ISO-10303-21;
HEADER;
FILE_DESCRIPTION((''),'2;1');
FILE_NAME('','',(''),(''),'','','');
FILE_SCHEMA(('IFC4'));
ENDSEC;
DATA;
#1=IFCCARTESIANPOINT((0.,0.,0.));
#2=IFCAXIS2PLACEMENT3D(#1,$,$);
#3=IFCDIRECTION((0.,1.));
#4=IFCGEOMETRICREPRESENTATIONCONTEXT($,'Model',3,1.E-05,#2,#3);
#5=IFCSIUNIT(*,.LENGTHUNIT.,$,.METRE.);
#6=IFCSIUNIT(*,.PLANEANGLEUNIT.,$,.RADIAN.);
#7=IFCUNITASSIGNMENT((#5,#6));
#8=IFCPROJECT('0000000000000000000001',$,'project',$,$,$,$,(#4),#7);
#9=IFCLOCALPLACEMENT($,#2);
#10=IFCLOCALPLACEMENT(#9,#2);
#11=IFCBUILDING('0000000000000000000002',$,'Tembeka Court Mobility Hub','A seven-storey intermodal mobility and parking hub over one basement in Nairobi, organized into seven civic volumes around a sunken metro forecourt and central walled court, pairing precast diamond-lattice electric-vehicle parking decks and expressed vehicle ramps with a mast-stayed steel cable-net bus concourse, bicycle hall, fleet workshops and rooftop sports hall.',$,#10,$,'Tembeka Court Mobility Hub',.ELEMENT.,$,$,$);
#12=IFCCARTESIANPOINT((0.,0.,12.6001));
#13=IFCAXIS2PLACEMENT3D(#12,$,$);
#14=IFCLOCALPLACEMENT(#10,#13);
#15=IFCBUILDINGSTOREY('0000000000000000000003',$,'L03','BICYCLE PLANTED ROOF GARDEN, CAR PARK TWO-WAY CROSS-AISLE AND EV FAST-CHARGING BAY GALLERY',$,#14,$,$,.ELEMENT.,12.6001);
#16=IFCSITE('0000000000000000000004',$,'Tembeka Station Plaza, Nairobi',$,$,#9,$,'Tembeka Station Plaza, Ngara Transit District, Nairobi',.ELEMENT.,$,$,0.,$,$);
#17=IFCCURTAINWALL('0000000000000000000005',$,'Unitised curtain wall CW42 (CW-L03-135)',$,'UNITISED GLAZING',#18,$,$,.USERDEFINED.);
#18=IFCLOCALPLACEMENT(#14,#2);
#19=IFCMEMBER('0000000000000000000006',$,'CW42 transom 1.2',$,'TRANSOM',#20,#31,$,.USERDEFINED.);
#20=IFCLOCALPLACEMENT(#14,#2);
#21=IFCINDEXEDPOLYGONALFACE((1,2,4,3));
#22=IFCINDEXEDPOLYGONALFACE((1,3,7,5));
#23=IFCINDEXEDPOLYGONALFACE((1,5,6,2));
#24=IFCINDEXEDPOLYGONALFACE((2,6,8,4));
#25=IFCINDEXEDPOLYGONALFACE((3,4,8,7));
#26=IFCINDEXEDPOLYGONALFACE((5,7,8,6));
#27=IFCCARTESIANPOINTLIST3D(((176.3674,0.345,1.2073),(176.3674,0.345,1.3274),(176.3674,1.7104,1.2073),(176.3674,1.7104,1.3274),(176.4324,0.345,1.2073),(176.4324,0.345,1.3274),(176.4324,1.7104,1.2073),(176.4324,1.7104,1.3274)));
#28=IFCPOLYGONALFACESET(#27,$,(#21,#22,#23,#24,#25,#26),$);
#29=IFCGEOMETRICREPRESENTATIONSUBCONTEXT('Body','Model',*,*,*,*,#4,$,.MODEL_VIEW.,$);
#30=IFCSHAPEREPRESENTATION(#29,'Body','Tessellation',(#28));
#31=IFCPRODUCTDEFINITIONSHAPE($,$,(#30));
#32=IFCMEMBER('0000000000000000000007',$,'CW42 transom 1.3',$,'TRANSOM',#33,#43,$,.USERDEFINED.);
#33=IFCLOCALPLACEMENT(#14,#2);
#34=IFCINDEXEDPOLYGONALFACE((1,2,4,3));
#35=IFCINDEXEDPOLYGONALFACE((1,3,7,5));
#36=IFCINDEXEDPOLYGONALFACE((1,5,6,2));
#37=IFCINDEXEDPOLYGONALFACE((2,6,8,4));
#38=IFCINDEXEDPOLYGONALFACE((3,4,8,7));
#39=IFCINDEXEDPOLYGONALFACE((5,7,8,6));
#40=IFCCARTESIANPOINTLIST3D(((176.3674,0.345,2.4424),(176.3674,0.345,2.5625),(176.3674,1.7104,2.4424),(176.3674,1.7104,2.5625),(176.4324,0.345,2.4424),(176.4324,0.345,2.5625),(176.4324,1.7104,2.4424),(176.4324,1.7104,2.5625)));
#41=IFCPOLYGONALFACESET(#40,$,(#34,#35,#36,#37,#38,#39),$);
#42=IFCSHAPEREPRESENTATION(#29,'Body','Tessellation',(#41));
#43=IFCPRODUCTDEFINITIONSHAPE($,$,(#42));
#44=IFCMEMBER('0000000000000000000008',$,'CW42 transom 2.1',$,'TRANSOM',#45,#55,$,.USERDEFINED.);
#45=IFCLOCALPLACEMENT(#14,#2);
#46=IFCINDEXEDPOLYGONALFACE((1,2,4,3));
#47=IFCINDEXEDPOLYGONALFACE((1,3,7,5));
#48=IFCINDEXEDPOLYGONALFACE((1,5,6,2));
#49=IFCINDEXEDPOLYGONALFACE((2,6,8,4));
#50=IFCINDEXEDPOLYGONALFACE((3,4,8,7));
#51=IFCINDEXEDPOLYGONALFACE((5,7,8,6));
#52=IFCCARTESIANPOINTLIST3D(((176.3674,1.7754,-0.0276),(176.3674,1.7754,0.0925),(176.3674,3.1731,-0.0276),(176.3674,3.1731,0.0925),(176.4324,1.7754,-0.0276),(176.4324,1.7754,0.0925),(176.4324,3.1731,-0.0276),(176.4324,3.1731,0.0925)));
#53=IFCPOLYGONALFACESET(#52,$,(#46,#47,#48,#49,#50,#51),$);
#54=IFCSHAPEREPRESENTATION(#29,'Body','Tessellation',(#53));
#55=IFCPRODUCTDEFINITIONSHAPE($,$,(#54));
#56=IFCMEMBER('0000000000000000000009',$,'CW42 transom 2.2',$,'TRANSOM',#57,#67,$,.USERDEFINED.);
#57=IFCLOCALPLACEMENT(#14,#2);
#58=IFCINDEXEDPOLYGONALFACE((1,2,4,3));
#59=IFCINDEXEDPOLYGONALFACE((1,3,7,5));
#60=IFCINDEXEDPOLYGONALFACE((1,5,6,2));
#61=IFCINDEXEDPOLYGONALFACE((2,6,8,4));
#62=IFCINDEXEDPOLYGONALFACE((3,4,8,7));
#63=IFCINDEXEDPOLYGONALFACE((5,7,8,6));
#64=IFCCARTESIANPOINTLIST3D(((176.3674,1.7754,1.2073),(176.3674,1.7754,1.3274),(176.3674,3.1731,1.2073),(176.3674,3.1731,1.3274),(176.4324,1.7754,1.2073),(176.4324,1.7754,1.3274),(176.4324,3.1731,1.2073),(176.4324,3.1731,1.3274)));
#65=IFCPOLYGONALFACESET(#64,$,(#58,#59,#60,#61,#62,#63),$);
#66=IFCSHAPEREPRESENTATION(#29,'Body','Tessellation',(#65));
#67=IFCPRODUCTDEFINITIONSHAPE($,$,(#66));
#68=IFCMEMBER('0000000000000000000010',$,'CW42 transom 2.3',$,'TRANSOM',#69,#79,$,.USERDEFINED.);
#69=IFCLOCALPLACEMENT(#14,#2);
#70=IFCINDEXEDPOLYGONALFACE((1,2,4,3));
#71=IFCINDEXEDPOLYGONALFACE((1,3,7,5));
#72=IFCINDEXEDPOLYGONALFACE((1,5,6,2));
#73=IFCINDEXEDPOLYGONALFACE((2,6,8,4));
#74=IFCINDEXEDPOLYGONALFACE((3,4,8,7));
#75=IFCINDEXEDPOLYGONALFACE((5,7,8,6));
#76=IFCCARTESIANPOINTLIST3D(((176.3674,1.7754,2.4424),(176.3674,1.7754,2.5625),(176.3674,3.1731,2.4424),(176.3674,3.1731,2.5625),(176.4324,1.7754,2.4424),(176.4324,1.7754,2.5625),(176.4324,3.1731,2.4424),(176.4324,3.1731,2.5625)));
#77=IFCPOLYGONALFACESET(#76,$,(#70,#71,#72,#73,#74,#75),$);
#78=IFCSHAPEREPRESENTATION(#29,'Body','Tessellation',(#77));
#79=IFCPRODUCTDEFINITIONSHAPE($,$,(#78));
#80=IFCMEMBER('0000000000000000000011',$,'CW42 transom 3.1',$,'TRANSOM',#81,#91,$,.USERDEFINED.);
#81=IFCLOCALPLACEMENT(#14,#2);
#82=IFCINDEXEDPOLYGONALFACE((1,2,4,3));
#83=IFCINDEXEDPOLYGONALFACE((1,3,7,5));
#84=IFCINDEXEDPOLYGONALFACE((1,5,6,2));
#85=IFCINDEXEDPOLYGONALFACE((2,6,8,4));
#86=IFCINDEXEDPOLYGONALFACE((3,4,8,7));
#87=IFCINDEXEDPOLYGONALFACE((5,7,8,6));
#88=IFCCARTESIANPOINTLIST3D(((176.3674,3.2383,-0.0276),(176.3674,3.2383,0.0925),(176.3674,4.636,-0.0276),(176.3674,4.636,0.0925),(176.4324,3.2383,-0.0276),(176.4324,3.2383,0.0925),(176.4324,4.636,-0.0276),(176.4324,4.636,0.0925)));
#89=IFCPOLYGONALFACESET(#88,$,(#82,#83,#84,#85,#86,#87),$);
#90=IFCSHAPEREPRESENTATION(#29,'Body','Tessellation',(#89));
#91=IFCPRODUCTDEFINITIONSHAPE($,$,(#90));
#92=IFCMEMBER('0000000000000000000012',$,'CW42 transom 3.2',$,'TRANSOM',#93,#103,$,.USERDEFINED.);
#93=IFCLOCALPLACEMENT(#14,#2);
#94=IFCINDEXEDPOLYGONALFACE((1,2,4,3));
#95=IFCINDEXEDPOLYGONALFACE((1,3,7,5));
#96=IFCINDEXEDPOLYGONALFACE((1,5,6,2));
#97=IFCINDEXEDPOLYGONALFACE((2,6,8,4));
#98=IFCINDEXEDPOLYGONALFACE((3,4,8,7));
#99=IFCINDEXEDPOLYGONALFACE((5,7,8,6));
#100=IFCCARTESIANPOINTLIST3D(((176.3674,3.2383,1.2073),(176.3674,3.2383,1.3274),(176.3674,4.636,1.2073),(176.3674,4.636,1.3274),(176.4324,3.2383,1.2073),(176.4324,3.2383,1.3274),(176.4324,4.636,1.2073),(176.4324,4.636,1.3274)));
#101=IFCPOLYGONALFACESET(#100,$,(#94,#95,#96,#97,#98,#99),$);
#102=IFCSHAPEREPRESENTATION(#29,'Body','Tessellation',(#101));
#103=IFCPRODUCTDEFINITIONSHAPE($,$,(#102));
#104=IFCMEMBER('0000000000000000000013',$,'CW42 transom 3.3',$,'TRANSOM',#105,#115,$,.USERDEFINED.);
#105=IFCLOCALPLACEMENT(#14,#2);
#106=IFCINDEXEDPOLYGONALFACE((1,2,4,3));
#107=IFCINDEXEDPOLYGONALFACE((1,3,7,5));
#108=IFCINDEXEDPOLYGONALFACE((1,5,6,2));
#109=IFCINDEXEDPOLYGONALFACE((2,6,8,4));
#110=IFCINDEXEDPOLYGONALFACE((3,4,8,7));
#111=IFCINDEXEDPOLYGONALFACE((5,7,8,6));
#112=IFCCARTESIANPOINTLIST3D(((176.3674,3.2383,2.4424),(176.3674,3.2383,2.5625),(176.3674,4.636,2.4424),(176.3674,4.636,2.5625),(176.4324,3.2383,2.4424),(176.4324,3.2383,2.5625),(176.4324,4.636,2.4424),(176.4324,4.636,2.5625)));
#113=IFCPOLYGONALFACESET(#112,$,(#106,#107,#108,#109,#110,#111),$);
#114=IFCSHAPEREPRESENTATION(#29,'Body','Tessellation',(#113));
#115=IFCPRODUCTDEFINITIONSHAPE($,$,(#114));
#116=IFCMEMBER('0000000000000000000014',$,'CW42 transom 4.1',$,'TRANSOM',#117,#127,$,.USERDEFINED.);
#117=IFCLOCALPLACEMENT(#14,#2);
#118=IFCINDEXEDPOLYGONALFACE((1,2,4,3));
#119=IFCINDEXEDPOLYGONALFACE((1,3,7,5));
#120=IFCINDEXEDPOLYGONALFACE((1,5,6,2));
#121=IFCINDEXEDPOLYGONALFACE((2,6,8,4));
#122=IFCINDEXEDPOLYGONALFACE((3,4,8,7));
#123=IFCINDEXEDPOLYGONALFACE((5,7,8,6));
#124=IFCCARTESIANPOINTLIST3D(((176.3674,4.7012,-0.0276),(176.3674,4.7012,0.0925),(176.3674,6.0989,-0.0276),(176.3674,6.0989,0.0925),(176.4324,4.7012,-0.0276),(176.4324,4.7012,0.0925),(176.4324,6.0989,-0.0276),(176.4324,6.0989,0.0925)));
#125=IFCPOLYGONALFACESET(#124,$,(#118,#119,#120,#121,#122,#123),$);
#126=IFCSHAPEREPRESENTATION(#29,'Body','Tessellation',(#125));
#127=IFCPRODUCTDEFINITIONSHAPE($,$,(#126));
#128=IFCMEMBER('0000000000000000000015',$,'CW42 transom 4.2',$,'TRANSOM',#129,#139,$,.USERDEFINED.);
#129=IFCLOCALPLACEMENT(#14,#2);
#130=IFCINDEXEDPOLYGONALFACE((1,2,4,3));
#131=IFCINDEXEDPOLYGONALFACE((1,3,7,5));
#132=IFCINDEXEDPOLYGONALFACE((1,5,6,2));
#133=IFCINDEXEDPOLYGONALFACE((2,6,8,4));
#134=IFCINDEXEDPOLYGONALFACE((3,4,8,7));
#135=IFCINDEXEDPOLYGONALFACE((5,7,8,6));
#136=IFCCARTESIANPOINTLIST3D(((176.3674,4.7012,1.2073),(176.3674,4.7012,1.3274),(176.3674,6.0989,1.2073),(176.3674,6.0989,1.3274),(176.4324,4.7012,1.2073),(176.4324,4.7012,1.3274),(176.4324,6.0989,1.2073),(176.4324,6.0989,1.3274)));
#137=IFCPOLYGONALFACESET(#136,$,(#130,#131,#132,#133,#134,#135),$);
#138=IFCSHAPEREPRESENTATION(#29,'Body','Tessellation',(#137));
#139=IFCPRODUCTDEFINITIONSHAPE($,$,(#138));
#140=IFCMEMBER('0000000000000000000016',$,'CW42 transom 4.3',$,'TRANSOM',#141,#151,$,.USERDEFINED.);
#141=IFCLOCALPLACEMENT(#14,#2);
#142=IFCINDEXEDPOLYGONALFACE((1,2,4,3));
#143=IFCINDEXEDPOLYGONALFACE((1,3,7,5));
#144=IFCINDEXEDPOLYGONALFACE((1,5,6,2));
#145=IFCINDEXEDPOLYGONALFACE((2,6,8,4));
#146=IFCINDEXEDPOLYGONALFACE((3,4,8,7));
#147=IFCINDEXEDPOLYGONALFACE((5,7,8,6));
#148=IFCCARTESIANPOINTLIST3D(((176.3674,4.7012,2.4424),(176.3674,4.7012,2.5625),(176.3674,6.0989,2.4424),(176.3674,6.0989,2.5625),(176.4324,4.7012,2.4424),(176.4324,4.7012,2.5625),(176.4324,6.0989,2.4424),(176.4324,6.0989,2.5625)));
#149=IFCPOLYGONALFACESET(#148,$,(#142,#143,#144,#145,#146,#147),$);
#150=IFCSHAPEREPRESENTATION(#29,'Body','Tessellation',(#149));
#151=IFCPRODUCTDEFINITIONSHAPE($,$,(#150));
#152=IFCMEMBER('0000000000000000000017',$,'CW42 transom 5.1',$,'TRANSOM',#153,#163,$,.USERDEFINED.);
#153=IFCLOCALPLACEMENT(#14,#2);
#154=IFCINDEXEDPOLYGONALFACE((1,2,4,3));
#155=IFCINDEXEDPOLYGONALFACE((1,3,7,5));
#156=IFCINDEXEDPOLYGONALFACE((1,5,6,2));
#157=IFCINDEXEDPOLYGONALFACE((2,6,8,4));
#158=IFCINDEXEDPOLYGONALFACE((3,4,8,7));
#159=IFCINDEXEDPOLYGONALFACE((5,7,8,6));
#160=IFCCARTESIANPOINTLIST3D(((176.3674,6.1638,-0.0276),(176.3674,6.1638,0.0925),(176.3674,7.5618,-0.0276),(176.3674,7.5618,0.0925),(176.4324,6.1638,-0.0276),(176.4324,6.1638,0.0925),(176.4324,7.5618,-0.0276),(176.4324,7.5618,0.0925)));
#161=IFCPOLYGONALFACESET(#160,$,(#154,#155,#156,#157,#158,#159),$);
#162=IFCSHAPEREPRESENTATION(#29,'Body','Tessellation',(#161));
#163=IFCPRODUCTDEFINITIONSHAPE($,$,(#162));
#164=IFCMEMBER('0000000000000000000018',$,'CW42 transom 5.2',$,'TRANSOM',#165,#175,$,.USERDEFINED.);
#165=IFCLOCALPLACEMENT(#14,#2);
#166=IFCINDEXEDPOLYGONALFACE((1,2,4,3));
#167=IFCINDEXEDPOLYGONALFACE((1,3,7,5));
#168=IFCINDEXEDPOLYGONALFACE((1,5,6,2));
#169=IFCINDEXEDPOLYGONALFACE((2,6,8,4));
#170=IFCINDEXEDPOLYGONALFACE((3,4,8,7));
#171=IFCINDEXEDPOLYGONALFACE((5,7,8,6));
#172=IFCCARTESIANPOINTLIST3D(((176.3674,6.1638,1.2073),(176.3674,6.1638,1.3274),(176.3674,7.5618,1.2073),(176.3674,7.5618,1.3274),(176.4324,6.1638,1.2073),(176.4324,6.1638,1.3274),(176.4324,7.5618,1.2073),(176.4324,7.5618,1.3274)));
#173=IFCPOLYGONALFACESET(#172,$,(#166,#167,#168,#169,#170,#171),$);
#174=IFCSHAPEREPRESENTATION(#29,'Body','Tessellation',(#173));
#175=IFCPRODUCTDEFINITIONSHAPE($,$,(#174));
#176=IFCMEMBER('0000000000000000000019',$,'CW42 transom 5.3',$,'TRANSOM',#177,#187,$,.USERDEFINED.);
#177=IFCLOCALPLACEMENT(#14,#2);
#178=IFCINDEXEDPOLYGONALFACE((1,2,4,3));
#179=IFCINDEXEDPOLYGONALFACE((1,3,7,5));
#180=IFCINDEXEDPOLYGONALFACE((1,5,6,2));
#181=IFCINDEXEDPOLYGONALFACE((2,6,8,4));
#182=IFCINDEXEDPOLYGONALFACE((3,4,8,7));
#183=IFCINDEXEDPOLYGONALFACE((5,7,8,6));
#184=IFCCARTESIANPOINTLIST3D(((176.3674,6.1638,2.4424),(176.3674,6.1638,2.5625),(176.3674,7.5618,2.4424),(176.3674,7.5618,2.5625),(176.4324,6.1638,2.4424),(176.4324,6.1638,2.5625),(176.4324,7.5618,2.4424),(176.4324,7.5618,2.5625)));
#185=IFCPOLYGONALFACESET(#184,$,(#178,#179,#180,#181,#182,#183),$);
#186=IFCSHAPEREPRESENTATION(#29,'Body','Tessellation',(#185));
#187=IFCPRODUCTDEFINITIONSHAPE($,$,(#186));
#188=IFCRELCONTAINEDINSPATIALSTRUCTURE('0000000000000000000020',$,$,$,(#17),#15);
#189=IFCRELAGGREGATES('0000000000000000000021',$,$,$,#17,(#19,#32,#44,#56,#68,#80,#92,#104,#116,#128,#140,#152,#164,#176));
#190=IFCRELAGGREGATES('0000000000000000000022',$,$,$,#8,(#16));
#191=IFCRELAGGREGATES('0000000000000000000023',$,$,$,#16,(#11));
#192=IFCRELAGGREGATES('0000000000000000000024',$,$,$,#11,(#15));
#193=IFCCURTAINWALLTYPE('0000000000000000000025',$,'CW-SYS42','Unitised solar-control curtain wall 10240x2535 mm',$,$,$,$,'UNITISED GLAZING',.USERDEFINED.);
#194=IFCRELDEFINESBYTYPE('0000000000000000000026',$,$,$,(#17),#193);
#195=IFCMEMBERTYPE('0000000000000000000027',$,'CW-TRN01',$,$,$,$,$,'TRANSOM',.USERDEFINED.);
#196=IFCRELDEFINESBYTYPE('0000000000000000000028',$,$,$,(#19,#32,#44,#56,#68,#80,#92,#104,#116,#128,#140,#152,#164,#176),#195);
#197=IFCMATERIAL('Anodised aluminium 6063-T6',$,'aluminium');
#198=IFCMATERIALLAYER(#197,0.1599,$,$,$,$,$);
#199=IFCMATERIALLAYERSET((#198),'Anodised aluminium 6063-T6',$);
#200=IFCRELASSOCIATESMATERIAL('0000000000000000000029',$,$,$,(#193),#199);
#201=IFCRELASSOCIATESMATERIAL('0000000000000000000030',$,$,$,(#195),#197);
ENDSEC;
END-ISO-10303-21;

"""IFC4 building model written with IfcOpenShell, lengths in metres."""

from ifc_helpers import new_model, si_unit, direction, frame, origin, origin_2d, place, context, subcontext, project, spatial, rectangle, extrude, material, layer, layer_set, material_profile, profile_set, type_object, element, aggregate, save


model = new_model("IFC4")

# Units and contexts
model_context = context("Model", 3, precision=1e-05, world=origin(), true_north=direction((0.0, 1.0)))
body_context = subcontext(model_context, "Body", "Model", "MODEL_VIEW")
ifc_project = project(units=[si_unit("LENGTHUNIT", "METRE"), si_unit("PLANEANGLEUNIT", "RADIAN")], contexts=[model_context])

# Site, building, storey
site_placement = place(None, origin())
site = spatial("IfcSite", under=ifc_project, at=site_placement, Name="Tembeka Station Plaza, Nairobi", LongName="Tembeka Station Plaza, Ngara Transit District, Nairobi", CompositionType="ELEMENT", RefElevation=0.0)
building_placement = place(site_placement, origin())
building = spatial("IfcBuilding", under=site, at=building_placement, Name="Tembeka Court Mobility Hub", Description="A seven-storey intermodal mobility and parking hub over one basement in Nairobi, organized into seven civic volumes around a sunken metro forecourt and central walled court, pairing precast diamond-lattice electric-vehicle parking decks and expressed vehicle ramps with a mast-stayed steel cable-net bus concourse, bicycle hall, fleet workshops and rooftop sports hall.", LongName="Tembeka Court Mobility Hub", CompositionType="ELEMENT")
storey_placement = place(building_placement, frame((0.0, 0.0, 12.6001)))
storey = spatial("IfcBuildingStorey", under=building, at=storey_placement, Name="L03", Description="BICYCLE PLANTED ROOF GARDEN, CAR PARK TWO-WAY CROSS-AISLE AND EV FAST-CHARGING BAY GALLERY", CompositionType="ELEMENT", Elevation=12.6001)

# Shared definitions
ifc_material_1 = material(Name="Anodised aluminium 6063-T6", Category="aluminium")

# Curtain wall, members
ifc_layer_1 = layer(ifc_material_1, 0.1599)
ifc_layer_set_1 = layer_set([ifc_layer_1], Name="Anodised aluminium 6063-T6")
curtain_wall_type_1 = type_object("IfcCurtainWallType", Name="CW-SYS42", Description="Unitised solar-control curtain wall 10240x2535 mm", ElementType="UNITISED GLAZING", PredefinedType="USERDEFINED", material=ifc_layer_set_1)
curtain_wall_1_placement = place(storey_placement, origin())
curtain_wall_1 = element("IfcCurtainWall", 1, at=curtain_wall_1_placement, inside=storey, type_object=curtain_wall_type_1, Name="Unitised curtain wall CW42 (CW-L03-135)", ObjectType="UNITISED GLAZING", PredefinedType="USERDEFINED")
ifc_material_profile_1 = material_profile(ifc_material_1, rectangle(XDim=0.0649, YDim=0.1201, at=origin_2d()), Name="ALU-TRN 65x120")
ifc_profile_set_1 = profile_set([ifc_material_profile_1], Name="Anodised aluminium 6063-T6")
member_type_1 = type_object("IfcMemberType", Name="CW-TRN01", ElementType="TRANSOM", PredefinedType="USERDEFINED", material=ifc_profile_set_1)
member_1_placement = place(storey_placement, frame((176.3999, 0.345, 1.2673), z_axis=(0.0, 1.0, 0.0), x_axis=(-1.0, 0.0, 0.0)))
member_1 = element("IfcMember", 2, at=member_1_placement, type_object=member_type_1, Name="CW42 transom 1.2", ObjectType="TRANSOM", PredefinedType="USERDEFINED", context=body_context, shape_type="SweptSolid", body=[
    extrude(rectangle(XDim=0.0649, YDim=0.1201, at=origin_2d()), origin(), (0.0, 0.0, 1.0), 1.3655),
])
member_2_placement = place(storey_placement, frame((176.3999, 0.345, 2.5024), z_axis=(0.0, 1.0, 0.0), x_axis=(-1.0, 0.0, 0.0)))
member_2 = element("IfcMember", 3, at=member_2_placement, type_object=member_type_1, Name="CW42 transom 1.3", ObjectType="TRANSOM", PredefinedType="USERDEFINED", context=body_context, shape_type="SweptSolid", body=[
    extrude(rectangle(XDim=0.0649, YDim=0.1201, at=origin_2d()), origin(), (0.0, 0.0, 1.0), 1.3655),
])
member_3_placement = place(storey_placement, frame((176.3999, 1.7754, 0.0325), z_axis=(0.0, 1.0, 0.0), x_axis=(-1.0, 0.0, 0.0)))
member_3 = element("IfcMember", 4, at=member_3_placement, type_object=member_type_1, Name="CW42 transom 2.1", ObjectType="TRANSOM", PredefinedType="USERDEFINED", context=body_context, shape_type="SweptSolid", body=[
    extrude(rectangle(XDim=0.0649, YDim=0.1201, at=origin_2d()), origin(), (0.0, 0.0, 1.0), 1.3977),
])
member_4_placement = place(storey_placement, frame((176.3999, 1.7754, 1.2673), z_axis=(0.0, 1.0, 0.0), x_axis=(-1.0, 0.0, 0.0)))
member_4 = element("IfcMember", 5, at=member_4_placement, type_object=member_type_1, Name="CW42 transom 2.2", ObjectType="TRANSOM", PredefinedType="USERDEFINED", context=body_context, shape_type="SweptSolid", body=[
    extrude(rectangle(XDim=0.0649, YDim=0.1201, at=origin_2d()), origin(), (0.0, 0.0, 1.0), 1.3977),
])
member_5_placement = place(storey_placement, frame((176.3999, 1.7754, 2.5024), z_axis=(0.0, 1.0, 0.0), x_axis=(-1.0, 0.0, 0.0)))
member_5 = element("IfcMember", 6, at=member_5_placement, type_object=member_type_1, Name="CW42 transom 2.3", ObjectType="TRANSOM", PredefinedType="USERDEFINED", context=body_context, shape_type="SweptSolid", body=[
    extrude(rectangle(XDim=0.0649, YDim=0.1201, at=origin_2d()), origin(), (0.0, 0.0, 1.0), 1.3977),
])
member_6_placement = place(storey_placement, frame((176.3999, 3.2383, 0.0325), z_axis=(0.0, 1.0, 0.0), x_axis=(-1.0, 0.0, 0.0)))
member_6 = element("IfcMember", 7, at=member_6_placement, type_object=member_type_1, Name="CW42 transom 3.1", ObjectType="TRANSOM", PredefinedType="USERDEFINED", context=body_context, shape_type="SweptSolid", body=[
    extrude(rectangle(XDim=0.0649, YDim=0.1201, at=origin_2d()), origin(), (0.0, 0.0, 1.0), 1.3977),
])
member_7_placement = place(storey_placement, frame((176.3999, 3.2383, 1.2673), z_axis=(0.0, 1.0, 0.0), x_axis=(-1.0, 0.0, 0.0)))
member_7 = element("IfcMember", 8, at=member_7_placement, type_object=member_type_1, Name="CW42 transom 3.2", ObjectType="TRANSOM", PredefinedType="USERDEFINED", context=body_context, shape_type="SweptSolid", body=[
    extrude(rectangle(XDim=0.0649, YDim=0.1201, at=origin_2d()), origin(), (0.0, 0.0, 1.0), 1.3977),
])
member_8_placement = place(storey_placement, frame((176.3999, 3.2383, 2.5024), z_axis=(0.0, 1.0, 0.0), x_axis=(-1.0, 0.0, 0.0)))
member_8 = element("IfcMember", 9, at=member_8_placement, type_object=member_type_1, Name="CW42 transom 3.3", ObjectType="TRANSOM", PredefinedType="USERDEFINED", context=body_context, shape_type="SweptSolid", body=[
    extrude(rectangle(XDim=0.0649, YDim=0.1201, at=origin_2d()), origin(), (0.0, 0.0, 1.0), 1.3977),
])
member_9_placement = place(storey_placement, frame((176.3999, 4.7012, 0.0325), z_axis=(0.0, 1.0, 0.0), x_axis=(-1.0, 0.0, 0.0)))
member_9 = element("IfcMember", 10, at=member_9_placement, type_object=member_type_1, Name="CW42 transom 4.1", ObjectType="TRANSOM", PredefinedType="USERDEFINED", context=body_context, shape_type="SweptSolid", body=[
    extrude(rectangle(XDim=0.0649, YDim=0.1201, at=origin_2d()), origin(), (0.0, 0.0, 1.0), 1.3977),
])
member_10_placement = place(storey_placement, frame((176.3999, 4.7012, 1.2673), z_axis=(0.0, 1.0, 0.0), x_axis=(-1.0, 0.0, 0.0)))
member_10 = element("IfcMember", 11, at=member_10_placement, type_object=member_type_1, Name="CW42 transom 4.2", ObjectType="TRANSOM", PredefinedType="USERDEFINED", context=body_context, shape_type="SweptSolid", body=[
    extrude(rectangle(XDim=0.0649, YDim=0.1201, at=origin_2d()), origin(), (0.0, 0.0, 1.0), 1.3977),
])
member_11_placement = place(storey_placement, frame((176.3999, 4.7012, 2.5024), z_axis=(0.0, 1.0, 0.0), x_axis=(-1.0, 0.0, 0.0)))
member_11 = element("IfcMember", 12, at=member_11_placement, type_object=member_type_1, Name="CW42 transom 4.3", ObjectType="TRANSOM", PredefinedType="USERDEFINED", context=body_context, shape_type="SweptSolid", body=[
    extrude(rectangle(XDim=0.0649, YDim=0.1201, at=origin_2d()), origin(), (0.0, 0.0, 1.0), 1.3977),
])
member_12_placement = place(storey_placement, frame((176.3999, 6.1638, 0.0325), z_axis=(0.0, 1.0, 0.0), x_axis=(-1.0, 0.0, 0.0)))
member_12 = element("IfcMember", 13, at=member_12_placement, type_object=member_type_1, Name="CW42 transom 5.1", ObjectType="TRANSOM", PredefinedType="USERDEFINED", context=body_context, shape_type="SweptSolid", body=[
    extrude(rectangle(XDim=0.0649, YDim=0.1201, at=origin_2d()), origin(), (0.0, 0.0, 1.0), 1.3979),
])
member_13_placement = place(storey_placement, frame((176.3999, 6.1638, 1.2673), z_axis=(0.0, 1.0, 0.0), x_axis=(-1.0, 0.0, 0.0)))
member_13 = element("IfcMember", 14, at=member_13_placement, type_object=member_type_1, Name="CW42 transom 5.2", ObjectType="TRANSOM", PredefinedType="USERDEFINED", context=body_context, shape_type="SweptSolid", body=[
    extrude(rectangle(XDim=0.0649, YDim=0.1201, at=origin_2d()), origin(), (0.0, 0.0, 1.0), 1.3979),
])
member_14_placement = place(storey_placement, frame((176.3999, 6.1638, 2.5024), z_axis=(0.0, 1.0, 0.0), x_axis=(-1.0, 0.0, 0.0)))
member_14 = element("IfcMember", 15, at=member_14_placement, type_object=member_type_1, Name="CW42 transom 5.3", ObjectType="TRANSOM", PredefinedType="USERDEFINED", context=body_context, shape_type="SweptSolid", body=[
    extrude(rectangle(XDim=0.0649, YDim=0.1201, at=origin_2d()), origin(), (0.0, 0.0, 1.0), 1.3979),
])

aggregate(curtain_wall_1, [member_1, member_2, member_3, member_4, member_5, member_6, member_7, member_8, member_9, member_10, member_11, member_12, member_13, member_14])

save(model, "model.ifc")
